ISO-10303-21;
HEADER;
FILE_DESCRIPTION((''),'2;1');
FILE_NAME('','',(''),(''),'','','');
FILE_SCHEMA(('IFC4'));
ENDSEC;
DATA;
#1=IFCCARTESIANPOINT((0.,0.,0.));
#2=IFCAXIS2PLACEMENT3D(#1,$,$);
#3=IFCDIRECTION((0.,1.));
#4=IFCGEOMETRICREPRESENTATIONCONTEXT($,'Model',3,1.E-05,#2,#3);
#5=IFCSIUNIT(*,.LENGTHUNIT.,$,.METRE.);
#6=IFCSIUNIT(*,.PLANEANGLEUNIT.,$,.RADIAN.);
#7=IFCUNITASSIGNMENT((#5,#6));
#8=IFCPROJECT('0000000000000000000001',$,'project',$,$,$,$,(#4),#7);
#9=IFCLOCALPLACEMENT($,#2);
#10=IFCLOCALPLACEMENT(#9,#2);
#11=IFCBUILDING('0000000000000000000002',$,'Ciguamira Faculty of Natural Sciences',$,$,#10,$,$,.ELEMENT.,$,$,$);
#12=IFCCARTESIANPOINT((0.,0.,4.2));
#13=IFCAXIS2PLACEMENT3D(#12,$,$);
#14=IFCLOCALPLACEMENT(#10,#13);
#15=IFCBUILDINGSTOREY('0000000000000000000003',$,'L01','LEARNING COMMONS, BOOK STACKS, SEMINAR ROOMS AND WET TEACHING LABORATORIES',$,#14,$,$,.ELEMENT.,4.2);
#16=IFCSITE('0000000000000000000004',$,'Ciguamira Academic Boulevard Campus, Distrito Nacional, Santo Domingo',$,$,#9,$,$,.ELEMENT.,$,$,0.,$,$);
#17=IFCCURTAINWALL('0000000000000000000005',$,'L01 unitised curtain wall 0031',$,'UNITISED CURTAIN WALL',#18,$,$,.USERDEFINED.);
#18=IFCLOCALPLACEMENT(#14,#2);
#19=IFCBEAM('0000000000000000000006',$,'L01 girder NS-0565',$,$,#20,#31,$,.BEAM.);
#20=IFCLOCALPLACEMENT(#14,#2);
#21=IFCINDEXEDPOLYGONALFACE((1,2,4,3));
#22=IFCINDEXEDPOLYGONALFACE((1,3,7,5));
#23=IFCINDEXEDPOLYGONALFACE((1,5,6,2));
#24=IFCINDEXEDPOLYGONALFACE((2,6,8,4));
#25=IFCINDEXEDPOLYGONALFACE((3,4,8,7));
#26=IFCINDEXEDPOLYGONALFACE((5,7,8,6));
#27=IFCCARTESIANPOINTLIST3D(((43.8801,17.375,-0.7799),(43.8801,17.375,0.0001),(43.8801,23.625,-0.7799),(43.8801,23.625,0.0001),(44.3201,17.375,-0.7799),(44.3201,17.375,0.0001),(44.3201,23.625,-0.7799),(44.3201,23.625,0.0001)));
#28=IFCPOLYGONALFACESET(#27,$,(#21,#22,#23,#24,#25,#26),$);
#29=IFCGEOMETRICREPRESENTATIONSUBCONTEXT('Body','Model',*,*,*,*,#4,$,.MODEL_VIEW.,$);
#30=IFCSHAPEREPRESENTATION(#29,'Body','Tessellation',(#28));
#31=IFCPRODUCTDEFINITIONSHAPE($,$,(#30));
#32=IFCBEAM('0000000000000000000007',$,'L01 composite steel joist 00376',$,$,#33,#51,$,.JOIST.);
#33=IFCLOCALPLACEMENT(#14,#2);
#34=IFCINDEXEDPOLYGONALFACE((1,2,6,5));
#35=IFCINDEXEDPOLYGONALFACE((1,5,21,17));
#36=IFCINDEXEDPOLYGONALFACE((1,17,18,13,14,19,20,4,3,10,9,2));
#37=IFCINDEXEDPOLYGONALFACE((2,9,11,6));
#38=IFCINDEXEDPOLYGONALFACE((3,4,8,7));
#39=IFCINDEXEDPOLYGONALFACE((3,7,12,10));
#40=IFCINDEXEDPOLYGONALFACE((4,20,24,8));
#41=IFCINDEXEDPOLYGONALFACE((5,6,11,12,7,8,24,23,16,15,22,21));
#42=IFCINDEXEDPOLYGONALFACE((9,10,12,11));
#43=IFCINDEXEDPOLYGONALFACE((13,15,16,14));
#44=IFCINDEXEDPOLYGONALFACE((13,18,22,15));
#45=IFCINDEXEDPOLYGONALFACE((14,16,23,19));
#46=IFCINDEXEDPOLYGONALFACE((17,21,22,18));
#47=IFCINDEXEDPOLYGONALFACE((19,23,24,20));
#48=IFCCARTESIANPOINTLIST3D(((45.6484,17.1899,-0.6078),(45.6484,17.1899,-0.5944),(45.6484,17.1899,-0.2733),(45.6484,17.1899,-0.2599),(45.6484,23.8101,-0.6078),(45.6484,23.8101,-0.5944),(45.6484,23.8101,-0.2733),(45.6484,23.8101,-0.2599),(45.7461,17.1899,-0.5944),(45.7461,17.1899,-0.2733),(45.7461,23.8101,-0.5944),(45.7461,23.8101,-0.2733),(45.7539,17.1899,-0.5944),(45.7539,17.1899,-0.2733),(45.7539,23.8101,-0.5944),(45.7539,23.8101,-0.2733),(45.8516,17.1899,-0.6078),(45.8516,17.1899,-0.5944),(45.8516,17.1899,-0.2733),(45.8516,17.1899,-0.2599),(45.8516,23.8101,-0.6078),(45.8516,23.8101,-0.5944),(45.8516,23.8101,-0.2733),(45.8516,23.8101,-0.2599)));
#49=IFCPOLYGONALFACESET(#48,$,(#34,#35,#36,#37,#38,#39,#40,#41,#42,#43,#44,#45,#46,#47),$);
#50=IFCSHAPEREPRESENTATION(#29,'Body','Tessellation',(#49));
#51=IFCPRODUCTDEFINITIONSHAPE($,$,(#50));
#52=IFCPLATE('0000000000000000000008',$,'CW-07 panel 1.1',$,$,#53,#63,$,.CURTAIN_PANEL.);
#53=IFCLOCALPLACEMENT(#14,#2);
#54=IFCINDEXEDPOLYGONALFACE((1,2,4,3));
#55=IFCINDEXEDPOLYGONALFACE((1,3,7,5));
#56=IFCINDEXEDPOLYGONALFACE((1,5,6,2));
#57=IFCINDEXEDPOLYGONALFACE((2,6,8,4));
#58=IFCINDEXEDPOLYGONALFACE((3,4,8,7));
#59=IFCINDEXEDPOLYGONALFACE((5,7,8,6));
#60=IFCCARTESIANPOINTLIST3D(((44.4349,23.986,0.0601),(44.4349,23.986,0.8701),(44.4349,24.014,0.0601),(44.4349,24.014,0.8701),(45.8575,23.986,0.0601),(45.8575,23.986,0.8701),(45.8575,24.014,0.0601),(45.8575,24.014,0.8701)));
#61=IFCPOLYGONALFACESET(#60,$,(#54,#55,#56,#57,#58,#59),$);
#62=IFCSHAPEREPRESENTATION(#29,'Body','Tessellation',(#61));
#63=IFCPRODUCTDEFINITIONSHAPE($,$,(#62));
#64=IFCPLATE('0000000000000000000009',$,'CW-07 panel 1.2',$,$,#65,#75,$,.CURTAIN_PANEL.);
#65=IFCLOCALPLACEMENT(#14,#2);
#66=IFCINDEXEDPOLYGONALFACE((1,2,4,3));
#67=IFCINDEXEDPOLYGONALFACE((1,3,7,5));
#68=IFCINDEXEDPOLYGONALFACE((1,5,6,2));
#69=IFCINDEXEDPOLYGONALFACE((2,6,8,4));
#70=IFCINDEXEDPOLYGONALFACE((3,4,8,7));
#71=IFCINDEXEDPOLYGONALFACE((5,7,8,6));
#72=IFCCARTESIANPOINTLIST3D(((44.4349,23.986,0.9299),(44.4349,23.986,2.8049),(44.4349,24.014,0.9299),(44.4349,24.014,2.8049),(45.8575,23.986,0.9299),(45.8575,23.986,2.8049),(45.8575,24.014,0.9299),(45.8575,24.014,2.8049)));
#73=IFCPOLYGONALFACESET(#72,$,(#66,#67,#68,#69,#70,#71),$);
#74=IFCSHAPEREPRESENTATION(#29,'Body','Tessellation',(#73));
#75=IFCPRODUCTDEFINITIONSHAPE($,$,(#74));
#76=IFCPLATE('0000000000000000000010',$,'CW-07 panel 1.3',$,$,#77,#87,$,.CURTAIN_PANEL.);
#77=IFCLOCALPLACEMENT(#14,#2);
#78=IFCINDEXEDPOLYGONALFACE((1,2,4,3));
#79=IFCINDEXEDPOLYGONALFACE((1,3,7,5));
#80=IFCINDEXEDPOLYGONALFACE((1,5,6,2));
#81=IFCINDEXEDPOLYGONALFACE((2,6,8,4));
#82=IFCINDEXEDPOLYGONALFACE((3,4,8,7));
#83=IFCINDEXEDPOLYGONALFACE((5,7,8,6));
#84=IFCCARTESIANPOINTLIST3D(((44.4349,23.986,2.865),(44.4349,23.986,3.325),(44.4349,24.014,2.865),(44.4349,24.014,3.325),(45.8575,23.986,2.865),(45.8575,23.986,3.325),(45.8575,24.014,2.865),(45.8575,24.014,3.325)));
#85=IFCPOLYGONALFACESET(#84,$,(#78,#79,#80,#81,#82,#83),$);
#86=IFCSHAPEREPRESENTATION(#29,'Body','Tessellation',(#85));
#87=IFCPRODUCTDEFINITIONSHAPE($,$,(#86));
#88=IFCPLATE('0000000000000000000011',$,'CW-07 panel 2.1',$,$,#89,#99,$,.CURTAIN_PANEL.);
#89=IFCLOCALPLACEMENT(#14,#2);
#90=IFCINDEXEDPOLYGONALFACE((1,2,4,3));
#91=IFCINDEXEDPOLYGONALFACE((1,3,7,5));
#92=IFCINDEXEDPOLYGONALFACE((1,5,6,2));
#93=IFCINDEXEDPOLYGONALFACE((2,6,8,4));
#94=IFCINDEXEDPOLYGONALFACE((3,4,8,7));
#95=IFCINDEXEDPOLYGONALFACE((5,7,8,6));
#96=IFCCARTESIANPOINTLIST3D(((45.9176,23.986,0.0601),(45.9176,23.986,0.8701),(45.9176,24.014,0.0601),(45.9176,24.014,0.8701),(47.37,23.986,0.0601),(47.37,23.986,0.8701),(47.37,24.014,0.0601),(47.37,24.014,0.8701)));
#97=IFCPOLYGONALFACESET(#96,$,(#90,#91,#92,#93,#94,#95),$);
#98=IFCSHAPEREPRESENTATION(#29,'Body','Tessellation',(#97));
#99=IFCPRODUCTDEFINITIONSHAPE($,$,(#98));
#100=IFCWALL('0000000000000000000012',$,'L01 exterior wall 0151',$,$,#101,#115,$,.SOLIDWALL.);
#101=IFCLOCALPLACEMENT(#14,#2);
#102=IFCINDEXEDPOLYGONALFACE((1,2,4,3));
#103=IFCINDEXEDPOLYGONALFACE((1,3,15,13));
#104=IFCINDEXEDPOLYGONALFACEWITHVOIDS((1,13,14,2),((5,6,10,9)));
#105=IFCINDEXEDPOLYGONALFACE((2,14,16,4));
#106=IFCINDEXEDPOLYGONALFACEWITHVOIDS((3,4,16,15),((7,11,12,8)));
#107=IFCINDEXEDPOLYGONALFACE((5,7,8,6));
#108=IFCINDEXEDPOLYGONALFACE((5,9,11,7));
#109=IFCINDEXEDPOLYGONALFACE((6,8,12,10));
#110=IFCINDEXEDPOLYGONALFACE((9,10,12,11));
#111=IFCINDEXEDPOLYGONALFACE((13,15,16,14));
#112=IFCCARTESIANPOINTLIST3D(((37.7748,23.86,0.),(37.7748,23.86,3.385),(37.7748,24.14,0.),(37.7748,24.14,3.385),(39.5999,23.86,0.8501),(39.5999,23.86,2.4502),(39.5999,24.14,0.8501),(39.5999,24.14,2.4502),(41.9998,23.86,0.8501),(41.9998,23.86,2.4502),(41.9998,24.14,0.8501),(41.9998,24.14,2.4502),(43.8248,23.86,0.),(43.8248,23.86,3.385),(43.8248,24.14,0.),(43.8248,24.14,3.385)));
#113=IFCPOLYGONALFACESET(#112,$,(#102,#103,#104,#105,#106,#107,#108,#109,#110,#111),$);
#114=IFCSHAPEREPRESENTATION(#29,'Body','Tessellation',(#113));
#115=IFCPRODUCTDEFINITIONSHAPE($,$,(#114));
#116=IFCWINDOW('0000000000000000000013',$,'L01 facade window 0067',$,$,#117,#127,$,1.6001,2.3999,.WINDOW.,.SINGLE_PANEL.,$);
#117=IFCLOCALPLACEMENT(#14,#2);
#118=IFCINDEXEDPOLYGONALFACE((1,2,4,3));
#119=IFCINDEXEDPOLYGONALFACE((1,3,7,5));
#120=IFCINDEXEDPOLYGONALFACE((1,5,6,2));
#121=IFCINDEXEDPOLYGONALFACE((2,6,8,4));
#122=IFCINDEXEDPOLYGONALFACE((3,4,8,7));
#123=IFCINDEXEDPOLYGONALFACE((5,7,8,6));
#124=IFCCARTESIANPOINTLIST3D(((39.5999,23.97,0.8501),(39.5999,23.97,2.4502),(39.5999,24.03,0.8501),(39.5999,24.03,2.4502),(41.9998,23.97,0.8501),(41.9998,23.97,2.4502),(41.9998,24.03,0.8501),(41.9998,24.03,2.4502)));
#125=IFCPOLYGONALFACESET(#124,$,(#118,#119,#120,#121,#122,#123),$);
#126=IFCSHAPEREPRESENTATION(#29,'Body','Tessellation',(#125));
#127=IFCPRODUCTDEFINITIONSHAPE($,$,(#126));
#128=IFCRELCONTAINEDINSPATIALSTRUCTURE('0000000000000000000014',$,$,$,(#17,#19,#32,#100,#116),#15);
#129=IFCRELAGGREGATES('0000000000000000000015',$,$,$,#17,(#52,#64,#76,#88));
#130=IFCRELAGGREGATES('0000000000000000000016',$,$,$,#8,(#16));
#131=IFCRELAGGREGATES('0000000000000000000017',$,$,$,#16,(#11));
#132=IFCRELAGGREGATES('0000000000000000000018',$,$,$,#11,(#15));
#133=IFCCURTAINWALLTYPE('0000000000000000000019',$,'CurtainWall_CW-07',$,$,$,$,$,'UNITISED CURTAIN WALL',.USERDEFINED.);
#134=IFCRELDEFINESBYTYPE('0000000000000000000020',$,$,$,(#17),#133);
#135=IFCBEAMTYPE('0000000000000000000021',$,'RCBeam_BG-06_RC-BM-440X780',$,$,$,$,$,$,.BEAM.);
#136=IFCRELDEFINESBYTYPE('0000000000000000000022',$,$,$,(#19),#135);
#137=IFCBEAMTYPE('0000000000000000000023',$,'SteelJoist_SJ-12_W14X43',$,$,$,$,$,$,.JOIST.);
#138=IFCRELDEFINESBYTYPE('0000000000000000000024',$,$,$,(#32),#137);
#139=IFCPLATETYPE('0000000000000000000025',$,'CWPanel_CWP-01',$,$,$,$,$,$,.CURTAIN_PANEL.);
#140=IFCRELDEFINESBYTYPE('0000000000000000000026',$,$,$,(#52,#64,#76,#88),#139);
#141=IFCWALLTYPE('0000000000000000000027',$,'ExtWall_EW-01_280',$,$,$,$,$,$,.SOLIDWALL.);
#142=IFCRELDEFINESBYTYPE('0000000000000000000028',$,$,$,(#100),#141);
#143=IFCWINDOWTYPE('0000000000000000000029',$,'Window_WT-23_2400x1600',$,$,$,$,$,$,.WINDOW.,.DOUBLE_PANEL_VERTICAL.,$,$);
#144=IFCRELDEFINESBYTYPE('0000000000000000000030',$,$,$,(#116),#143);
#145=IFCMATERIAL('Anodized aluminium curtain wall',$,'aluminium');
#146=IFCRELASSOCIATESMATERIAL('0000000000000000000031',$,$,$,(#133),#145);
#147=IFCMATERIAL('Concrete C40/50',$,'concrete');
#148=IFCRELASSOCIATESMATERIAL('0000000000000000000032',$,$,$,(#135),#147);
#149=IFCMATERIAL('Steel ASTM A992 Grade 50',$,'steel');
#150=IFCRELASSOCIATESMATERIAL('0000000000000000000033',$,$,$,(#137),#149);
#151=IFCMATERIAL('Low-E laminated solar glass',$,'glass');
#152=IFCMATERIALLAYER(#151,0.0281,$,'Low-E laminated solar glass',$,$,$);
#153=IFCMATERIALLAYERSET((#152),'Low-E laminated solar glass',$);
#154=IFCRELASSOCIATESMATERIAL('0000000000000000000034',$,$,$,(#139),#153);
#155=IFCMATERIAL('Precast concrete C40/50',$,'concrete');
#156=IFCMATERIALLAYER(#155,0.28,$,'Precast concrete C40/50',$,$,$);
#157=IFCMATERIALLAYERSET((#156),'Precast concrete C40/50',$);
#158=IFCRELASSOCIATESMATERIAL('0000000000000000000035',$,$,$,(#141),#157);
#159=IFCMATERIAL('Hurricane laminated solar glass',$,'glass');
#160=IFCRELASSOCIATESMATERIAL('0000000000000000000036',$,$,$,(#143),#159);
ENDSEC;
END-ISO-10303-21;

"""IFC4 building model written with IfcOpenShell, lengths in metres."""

from ifc_helpers import new_model, si_unit, direction, frame, frame_2d, origin, origin_2d, place, context, subcontext, project, spatial, rectangle, i_section, extrude, material, layer, layer_set, material_profile, profile_set, type_object, element, fill, aggregate, save


model = new_model("IFC4")

# Units and contexts
model_context = context("Model", 3, precision=1e-05, world=origin(), true_north=direction((0.0, 1.0)))
body_context = subcontext(model_context, "Body", "Model", "MODEL_VIEW")
ifc_project = project(units=[si_unit("LENGTHUNIT", "METRE"), si_unit("PLANEANGLEUNIT", "RADIAN")], contexts=[model_context])

# Site, building, storey
site_placement = place(None, origin())
site = spatial("IfcSite", under=ifc_project, at=site_placement, Name="Ciguamira Academic Boulevard Campus, Distrito Nacional, Santo Domingo", CompositionType="ELEMENT", RefElevation=0.0)
building_placement = place(site_placement, origin())
building = spatial("IfcBuilding", under=site, at=building_placement, Name="Ciguamira Faculty of Natural Sciences", CompositionType="ELEMENT")
storey_placement = place(building_placement, frame((0.0, 0.0, 4.2)))
storey = spatial("IfcBuildingStorey", under=building, at=storey_placement, Name="L01", Description="LEARNING COMMONS, BOOK STACKS, SEMINAR ROOMS AND WET TEACHING LABORATORIES", CompositionType="ELEMENT", Elevation=4.2)

# Shared definitions
ifc_material_1 = material(Name="Concrete C40/50", Category="concrete")

# Curtain wall
ifc_material_2 = material(Name="Anodized aluminium curtain wall", Category="aluminium")
curtain_wall_type = type_object("IfcCurtainWallType", Name="CurtainWall_CW-07", ElementType="UNITISED CURTAIN WALL", PredefinedType="USERDEFINED", material=ifc_material_2)
curtain_wall_placement = place(storey_placement, origin())
curtain_wall = element("IfcCurtainWall", 1, at=curtain_wall_placement, inside=storey, type_object=curtain_wall_type, Name="L01 unitised curtain wall 0031", ObjectType="UNITISED CURTAIN WALL", PredefinedType="USERDEFINED")

# Beams
ifc_material_profile_1 = material_profile(ifc_material_1, rectangle(XDim=0.4399, YDim=0.78, at=origin_2d()), Name="RC-BM-440X780")
ifc_profile_set_1 = profile_set([ifc_material_profile_1], Name="Concrete C40/50")
beam_type_1 = type_object("IfcBeamType", Name="RCBeam_BG-06_RC-BM-440X780", PredefinedType="BEAM", material=ifc_profile_set_1)
beam_1_placement = place(storey_placement, frame((44.1001, 17.375, -0.3899), z_axis=(0.0, 1.0, 0.0), x_axis=(-1.0, 0.0, 0.0)))
element("IfcBeam", 2, at=beam_1_placement, inside=storey, type_object=beam_type_1, Name="L01 girder NS-0565", PredefinedType="BEAM", context=body_context, shape_type="SweptSolid", body=[
    extrude(rectangle(XDim=0.4399, YDim=0.78, at=origin_2d()), origin(), (0.0, 0.0, 1.0), 6.25),
])
ifc_material_3 = material(Name="Steel ASTM A992 Grade 50", Category="steel")
ifc_material_profile_2 = material_profile(ifc_material_3, i_section(OverallWidth=0.2031, OverallDepth=0.3479, WebThickness=0.0078, FlangeThickness=0.0134, at=origin_2d()), Name="W14X43")
ifc_profile_set_2 = profile_set([ifc_material_profile_2], Name="Steel ASTM A992 Grade 50")
beam_type_2 = type_object("IfcBeamType", Name="SteelJoist_SJ-12_W14X43", PredefinedType="JOIST", material=ifc_profile_set_2)
beam_2_placement = place(storey_placement, frame((45.75, 17.1899, -0.4338), z_axis=(0.0, 1.0, 0.0), x_axis=(-1.0, 0.0, 0.0)))
element("IfcBeam", 3, at=beam_2_placement, inside=storey, type_object=beam_type_2, Name="L01 composite steel joist 00376", PredefinedType="JOIST", context=body_context, shape_type="SweptSolid", body=[
    extrude(i_section(OverallWidth=0.2031, OverallDepth=0.3479, WebThickness=0.0078, FlangeThickness=0.0134, at=origin_2d()), origin(), (0.0, 0.0, 1.0), 6.6201),
])

# Plates
ifc_material_4 = material(Name="Low-E laminated solar glass", Category="glass")
ifc_layer_1 = layer(ifc_material_4, 0.0281, Name="Low-E laminated solar glass")
ifc_layer_set_1 = layer_set([ifc_layer_1], Name="Low-E laminated solar glass")
plate_type = type_object("IfcPlateType", Name="CWPanel_CWP-01", PredefinedType="CURTAIN_PANEL", material=ifc_layer_set_1)
plate_1_placement = place(storey_placement, frame((45.1462, 24.0, 0.0601), z_axis=(0.0, 0.0, 1.0), x_axis=(1.0, 0.0, 0.0)))
plate_1 = element("IfcPlate", 4, at=plate_1_placement, type_object=plate_type, Name="CW-07 panel 1.1", PredefinedType="CURTAIN_PANEL", context=body_context, shape_type="SweptSolid", body=[
    extrude(rectangle(XDim=1.4226, YDim=0.0281, at=origin_2d()), origin(), (0.0, 0.0, 1.0), 0.8101),
])
plate_2_placement = place(storey_placement, frame((45.1462, 24.0, 0.9299), z_axis=(0.0, 0.0, 1.0), x_axis=(1.0, 0.0, 0.0)))
plate_2 = element("IfcPlate", 5, at=plate_2_placement, type_object=plate_type, Name="CW-07 panel 1.2", PredefinedType="CURTAIN_PANEL", context=body_context, shape_type="SweptSolid", body=[
    extrude(rectangle(XDim=1.4226, YDim=0.0281, at=origin_2d()), origin(), (0.0, 0.0, 1.0), 1.875),
])
plate_3_placement = place(storey_placement, frame((45.1462, 24.0, 2.865), z_axis=(0.0, 0.0, 1.0), x_axis=(1.0, 0.0, 0.0)))
plate_3 = element("IfcPlate", 6, at=plate_3_placement, type_object=plate_type, Name="CW-07 panel 1.3", PredefinedType="CURTAIN_PANEL", context=body_context, shape_type="SweptSolid", body=[
    extrude(rectangle(XDim=1.4226, YDim=0.0281, at=origin_2d()), origin(), (0.0, 0.0, 1.0), 0.46),
])
plate_4_placement = place(storey_placement, frame((46.6438, 24.0, 0.0601), z_axis=(0.0, 0.0, 1.0), x_axis=(1.0, 0.0, 0.0)))
plate_4 = element("IfcPlate", 7, at=plate_4_placement, type_object=plate_type, Name="CW-07 panel 2.1", PredefinedType="CURTAIN_PANEL", context=body_context, shape_type="SweptSolid", body=[
    extrude(rectangle(XDim=1.4524, YDim=0.0281, at=origin_2d()), origin(), (0.0, 0.0, 1.0), 0.8101),
])
aggregate(curtain_wall, [plate_1, plate_2, plate_3, plate_4])

# Wall, opening, window
ifc_material_5 = material(Name="Precast concrete C40/50", Category="concrete")
ifc_layer_2 = layer(ifc_material_5, 0.28, Name="Precast concrete C40/50")
ifc_layer_set_2 = layer_set([ifc_layer_2], Name="Precast concrete C40/50")
wall_type = type_object("IfcWallType", Name="ExtWall_EW-01_280", PredefinedType="SOLIDWALL", material=ifc_layer_set_2)
wall_placement = place(storey_placement, frame((37.7749, 24.0, 0.0), z_axis=(0.0, 0.0, 1.0), x_axis=(1.0, 0.0, 0.0)))
wall = element("IfcWall", 8, at=wall_placement, inside=storey, type_object=wall_type, Name="L01 exterior wall 0151", PredefinedType="SOLIDWALL", context=body_context, shape_type="SweptSolid", body=[
    extrude(rectangle(XDim=6.05, YDim=0.28, at=frame_2d((3.0249, 0.0))), origin(), (0.0, 0.0, 1.0), 3.385),
])
opening_placement = place(wall_placement, frame((1.825, 0.0, 0.8501)))
opening = element("IfcOpeningElement", 9, at=opening_placement, cuts=wall, PredefinedType="OPENING", context=body_context, shape_type="SweptSolid", body=[
    extrude(rectangle(XDim=2.3999, YDim=1.6001, at=frame_2d((1.2, 0.8))), frame((0.0, 0.1499, 0.0), z_axis=(0.0, -1.0, 0.0), x_axis=(1.0, 0.0, 0.0)), (0.0, 0.0, 1.0), 0.3),
])
ifc_material_6 = material(Name="Hurricane laminated solar glass", Category="glass")
window_type = type_object("IfcWindowType", Name="Window_WT-23_2400x1600", PartitioningType="DOUBLE_PANEL_VERTICAL", PredefinedType="WINDOW", material=ifc_material_6)
window_placement = place(opening_placement, origin())
window = element("IfcWindow", 10, at=window_placement, inside=storey, type_object=window_type, Name="L01 facade window 0067", OverallHeight=1.6001, OverallWidth=2.3999, PartitioningType="SINGLE_PANEL", PredefinedType="WINDOW", context=body_context, shape_type="SweptSolid", body=[
    extrude(rectangle(XDim=2.3999, YDim=1.6001, at=frame_2d((1.2, 0.8))), frame((0.0, 0.03, 0.0), z_axis=(0.0, -1.0, 0.0), x_axis=(1.0, 0.0, 0.0)), (0.0, 0.0, 1.0), 0.0601),
])
fill(opening, window)

save(model, "model.ifc")
